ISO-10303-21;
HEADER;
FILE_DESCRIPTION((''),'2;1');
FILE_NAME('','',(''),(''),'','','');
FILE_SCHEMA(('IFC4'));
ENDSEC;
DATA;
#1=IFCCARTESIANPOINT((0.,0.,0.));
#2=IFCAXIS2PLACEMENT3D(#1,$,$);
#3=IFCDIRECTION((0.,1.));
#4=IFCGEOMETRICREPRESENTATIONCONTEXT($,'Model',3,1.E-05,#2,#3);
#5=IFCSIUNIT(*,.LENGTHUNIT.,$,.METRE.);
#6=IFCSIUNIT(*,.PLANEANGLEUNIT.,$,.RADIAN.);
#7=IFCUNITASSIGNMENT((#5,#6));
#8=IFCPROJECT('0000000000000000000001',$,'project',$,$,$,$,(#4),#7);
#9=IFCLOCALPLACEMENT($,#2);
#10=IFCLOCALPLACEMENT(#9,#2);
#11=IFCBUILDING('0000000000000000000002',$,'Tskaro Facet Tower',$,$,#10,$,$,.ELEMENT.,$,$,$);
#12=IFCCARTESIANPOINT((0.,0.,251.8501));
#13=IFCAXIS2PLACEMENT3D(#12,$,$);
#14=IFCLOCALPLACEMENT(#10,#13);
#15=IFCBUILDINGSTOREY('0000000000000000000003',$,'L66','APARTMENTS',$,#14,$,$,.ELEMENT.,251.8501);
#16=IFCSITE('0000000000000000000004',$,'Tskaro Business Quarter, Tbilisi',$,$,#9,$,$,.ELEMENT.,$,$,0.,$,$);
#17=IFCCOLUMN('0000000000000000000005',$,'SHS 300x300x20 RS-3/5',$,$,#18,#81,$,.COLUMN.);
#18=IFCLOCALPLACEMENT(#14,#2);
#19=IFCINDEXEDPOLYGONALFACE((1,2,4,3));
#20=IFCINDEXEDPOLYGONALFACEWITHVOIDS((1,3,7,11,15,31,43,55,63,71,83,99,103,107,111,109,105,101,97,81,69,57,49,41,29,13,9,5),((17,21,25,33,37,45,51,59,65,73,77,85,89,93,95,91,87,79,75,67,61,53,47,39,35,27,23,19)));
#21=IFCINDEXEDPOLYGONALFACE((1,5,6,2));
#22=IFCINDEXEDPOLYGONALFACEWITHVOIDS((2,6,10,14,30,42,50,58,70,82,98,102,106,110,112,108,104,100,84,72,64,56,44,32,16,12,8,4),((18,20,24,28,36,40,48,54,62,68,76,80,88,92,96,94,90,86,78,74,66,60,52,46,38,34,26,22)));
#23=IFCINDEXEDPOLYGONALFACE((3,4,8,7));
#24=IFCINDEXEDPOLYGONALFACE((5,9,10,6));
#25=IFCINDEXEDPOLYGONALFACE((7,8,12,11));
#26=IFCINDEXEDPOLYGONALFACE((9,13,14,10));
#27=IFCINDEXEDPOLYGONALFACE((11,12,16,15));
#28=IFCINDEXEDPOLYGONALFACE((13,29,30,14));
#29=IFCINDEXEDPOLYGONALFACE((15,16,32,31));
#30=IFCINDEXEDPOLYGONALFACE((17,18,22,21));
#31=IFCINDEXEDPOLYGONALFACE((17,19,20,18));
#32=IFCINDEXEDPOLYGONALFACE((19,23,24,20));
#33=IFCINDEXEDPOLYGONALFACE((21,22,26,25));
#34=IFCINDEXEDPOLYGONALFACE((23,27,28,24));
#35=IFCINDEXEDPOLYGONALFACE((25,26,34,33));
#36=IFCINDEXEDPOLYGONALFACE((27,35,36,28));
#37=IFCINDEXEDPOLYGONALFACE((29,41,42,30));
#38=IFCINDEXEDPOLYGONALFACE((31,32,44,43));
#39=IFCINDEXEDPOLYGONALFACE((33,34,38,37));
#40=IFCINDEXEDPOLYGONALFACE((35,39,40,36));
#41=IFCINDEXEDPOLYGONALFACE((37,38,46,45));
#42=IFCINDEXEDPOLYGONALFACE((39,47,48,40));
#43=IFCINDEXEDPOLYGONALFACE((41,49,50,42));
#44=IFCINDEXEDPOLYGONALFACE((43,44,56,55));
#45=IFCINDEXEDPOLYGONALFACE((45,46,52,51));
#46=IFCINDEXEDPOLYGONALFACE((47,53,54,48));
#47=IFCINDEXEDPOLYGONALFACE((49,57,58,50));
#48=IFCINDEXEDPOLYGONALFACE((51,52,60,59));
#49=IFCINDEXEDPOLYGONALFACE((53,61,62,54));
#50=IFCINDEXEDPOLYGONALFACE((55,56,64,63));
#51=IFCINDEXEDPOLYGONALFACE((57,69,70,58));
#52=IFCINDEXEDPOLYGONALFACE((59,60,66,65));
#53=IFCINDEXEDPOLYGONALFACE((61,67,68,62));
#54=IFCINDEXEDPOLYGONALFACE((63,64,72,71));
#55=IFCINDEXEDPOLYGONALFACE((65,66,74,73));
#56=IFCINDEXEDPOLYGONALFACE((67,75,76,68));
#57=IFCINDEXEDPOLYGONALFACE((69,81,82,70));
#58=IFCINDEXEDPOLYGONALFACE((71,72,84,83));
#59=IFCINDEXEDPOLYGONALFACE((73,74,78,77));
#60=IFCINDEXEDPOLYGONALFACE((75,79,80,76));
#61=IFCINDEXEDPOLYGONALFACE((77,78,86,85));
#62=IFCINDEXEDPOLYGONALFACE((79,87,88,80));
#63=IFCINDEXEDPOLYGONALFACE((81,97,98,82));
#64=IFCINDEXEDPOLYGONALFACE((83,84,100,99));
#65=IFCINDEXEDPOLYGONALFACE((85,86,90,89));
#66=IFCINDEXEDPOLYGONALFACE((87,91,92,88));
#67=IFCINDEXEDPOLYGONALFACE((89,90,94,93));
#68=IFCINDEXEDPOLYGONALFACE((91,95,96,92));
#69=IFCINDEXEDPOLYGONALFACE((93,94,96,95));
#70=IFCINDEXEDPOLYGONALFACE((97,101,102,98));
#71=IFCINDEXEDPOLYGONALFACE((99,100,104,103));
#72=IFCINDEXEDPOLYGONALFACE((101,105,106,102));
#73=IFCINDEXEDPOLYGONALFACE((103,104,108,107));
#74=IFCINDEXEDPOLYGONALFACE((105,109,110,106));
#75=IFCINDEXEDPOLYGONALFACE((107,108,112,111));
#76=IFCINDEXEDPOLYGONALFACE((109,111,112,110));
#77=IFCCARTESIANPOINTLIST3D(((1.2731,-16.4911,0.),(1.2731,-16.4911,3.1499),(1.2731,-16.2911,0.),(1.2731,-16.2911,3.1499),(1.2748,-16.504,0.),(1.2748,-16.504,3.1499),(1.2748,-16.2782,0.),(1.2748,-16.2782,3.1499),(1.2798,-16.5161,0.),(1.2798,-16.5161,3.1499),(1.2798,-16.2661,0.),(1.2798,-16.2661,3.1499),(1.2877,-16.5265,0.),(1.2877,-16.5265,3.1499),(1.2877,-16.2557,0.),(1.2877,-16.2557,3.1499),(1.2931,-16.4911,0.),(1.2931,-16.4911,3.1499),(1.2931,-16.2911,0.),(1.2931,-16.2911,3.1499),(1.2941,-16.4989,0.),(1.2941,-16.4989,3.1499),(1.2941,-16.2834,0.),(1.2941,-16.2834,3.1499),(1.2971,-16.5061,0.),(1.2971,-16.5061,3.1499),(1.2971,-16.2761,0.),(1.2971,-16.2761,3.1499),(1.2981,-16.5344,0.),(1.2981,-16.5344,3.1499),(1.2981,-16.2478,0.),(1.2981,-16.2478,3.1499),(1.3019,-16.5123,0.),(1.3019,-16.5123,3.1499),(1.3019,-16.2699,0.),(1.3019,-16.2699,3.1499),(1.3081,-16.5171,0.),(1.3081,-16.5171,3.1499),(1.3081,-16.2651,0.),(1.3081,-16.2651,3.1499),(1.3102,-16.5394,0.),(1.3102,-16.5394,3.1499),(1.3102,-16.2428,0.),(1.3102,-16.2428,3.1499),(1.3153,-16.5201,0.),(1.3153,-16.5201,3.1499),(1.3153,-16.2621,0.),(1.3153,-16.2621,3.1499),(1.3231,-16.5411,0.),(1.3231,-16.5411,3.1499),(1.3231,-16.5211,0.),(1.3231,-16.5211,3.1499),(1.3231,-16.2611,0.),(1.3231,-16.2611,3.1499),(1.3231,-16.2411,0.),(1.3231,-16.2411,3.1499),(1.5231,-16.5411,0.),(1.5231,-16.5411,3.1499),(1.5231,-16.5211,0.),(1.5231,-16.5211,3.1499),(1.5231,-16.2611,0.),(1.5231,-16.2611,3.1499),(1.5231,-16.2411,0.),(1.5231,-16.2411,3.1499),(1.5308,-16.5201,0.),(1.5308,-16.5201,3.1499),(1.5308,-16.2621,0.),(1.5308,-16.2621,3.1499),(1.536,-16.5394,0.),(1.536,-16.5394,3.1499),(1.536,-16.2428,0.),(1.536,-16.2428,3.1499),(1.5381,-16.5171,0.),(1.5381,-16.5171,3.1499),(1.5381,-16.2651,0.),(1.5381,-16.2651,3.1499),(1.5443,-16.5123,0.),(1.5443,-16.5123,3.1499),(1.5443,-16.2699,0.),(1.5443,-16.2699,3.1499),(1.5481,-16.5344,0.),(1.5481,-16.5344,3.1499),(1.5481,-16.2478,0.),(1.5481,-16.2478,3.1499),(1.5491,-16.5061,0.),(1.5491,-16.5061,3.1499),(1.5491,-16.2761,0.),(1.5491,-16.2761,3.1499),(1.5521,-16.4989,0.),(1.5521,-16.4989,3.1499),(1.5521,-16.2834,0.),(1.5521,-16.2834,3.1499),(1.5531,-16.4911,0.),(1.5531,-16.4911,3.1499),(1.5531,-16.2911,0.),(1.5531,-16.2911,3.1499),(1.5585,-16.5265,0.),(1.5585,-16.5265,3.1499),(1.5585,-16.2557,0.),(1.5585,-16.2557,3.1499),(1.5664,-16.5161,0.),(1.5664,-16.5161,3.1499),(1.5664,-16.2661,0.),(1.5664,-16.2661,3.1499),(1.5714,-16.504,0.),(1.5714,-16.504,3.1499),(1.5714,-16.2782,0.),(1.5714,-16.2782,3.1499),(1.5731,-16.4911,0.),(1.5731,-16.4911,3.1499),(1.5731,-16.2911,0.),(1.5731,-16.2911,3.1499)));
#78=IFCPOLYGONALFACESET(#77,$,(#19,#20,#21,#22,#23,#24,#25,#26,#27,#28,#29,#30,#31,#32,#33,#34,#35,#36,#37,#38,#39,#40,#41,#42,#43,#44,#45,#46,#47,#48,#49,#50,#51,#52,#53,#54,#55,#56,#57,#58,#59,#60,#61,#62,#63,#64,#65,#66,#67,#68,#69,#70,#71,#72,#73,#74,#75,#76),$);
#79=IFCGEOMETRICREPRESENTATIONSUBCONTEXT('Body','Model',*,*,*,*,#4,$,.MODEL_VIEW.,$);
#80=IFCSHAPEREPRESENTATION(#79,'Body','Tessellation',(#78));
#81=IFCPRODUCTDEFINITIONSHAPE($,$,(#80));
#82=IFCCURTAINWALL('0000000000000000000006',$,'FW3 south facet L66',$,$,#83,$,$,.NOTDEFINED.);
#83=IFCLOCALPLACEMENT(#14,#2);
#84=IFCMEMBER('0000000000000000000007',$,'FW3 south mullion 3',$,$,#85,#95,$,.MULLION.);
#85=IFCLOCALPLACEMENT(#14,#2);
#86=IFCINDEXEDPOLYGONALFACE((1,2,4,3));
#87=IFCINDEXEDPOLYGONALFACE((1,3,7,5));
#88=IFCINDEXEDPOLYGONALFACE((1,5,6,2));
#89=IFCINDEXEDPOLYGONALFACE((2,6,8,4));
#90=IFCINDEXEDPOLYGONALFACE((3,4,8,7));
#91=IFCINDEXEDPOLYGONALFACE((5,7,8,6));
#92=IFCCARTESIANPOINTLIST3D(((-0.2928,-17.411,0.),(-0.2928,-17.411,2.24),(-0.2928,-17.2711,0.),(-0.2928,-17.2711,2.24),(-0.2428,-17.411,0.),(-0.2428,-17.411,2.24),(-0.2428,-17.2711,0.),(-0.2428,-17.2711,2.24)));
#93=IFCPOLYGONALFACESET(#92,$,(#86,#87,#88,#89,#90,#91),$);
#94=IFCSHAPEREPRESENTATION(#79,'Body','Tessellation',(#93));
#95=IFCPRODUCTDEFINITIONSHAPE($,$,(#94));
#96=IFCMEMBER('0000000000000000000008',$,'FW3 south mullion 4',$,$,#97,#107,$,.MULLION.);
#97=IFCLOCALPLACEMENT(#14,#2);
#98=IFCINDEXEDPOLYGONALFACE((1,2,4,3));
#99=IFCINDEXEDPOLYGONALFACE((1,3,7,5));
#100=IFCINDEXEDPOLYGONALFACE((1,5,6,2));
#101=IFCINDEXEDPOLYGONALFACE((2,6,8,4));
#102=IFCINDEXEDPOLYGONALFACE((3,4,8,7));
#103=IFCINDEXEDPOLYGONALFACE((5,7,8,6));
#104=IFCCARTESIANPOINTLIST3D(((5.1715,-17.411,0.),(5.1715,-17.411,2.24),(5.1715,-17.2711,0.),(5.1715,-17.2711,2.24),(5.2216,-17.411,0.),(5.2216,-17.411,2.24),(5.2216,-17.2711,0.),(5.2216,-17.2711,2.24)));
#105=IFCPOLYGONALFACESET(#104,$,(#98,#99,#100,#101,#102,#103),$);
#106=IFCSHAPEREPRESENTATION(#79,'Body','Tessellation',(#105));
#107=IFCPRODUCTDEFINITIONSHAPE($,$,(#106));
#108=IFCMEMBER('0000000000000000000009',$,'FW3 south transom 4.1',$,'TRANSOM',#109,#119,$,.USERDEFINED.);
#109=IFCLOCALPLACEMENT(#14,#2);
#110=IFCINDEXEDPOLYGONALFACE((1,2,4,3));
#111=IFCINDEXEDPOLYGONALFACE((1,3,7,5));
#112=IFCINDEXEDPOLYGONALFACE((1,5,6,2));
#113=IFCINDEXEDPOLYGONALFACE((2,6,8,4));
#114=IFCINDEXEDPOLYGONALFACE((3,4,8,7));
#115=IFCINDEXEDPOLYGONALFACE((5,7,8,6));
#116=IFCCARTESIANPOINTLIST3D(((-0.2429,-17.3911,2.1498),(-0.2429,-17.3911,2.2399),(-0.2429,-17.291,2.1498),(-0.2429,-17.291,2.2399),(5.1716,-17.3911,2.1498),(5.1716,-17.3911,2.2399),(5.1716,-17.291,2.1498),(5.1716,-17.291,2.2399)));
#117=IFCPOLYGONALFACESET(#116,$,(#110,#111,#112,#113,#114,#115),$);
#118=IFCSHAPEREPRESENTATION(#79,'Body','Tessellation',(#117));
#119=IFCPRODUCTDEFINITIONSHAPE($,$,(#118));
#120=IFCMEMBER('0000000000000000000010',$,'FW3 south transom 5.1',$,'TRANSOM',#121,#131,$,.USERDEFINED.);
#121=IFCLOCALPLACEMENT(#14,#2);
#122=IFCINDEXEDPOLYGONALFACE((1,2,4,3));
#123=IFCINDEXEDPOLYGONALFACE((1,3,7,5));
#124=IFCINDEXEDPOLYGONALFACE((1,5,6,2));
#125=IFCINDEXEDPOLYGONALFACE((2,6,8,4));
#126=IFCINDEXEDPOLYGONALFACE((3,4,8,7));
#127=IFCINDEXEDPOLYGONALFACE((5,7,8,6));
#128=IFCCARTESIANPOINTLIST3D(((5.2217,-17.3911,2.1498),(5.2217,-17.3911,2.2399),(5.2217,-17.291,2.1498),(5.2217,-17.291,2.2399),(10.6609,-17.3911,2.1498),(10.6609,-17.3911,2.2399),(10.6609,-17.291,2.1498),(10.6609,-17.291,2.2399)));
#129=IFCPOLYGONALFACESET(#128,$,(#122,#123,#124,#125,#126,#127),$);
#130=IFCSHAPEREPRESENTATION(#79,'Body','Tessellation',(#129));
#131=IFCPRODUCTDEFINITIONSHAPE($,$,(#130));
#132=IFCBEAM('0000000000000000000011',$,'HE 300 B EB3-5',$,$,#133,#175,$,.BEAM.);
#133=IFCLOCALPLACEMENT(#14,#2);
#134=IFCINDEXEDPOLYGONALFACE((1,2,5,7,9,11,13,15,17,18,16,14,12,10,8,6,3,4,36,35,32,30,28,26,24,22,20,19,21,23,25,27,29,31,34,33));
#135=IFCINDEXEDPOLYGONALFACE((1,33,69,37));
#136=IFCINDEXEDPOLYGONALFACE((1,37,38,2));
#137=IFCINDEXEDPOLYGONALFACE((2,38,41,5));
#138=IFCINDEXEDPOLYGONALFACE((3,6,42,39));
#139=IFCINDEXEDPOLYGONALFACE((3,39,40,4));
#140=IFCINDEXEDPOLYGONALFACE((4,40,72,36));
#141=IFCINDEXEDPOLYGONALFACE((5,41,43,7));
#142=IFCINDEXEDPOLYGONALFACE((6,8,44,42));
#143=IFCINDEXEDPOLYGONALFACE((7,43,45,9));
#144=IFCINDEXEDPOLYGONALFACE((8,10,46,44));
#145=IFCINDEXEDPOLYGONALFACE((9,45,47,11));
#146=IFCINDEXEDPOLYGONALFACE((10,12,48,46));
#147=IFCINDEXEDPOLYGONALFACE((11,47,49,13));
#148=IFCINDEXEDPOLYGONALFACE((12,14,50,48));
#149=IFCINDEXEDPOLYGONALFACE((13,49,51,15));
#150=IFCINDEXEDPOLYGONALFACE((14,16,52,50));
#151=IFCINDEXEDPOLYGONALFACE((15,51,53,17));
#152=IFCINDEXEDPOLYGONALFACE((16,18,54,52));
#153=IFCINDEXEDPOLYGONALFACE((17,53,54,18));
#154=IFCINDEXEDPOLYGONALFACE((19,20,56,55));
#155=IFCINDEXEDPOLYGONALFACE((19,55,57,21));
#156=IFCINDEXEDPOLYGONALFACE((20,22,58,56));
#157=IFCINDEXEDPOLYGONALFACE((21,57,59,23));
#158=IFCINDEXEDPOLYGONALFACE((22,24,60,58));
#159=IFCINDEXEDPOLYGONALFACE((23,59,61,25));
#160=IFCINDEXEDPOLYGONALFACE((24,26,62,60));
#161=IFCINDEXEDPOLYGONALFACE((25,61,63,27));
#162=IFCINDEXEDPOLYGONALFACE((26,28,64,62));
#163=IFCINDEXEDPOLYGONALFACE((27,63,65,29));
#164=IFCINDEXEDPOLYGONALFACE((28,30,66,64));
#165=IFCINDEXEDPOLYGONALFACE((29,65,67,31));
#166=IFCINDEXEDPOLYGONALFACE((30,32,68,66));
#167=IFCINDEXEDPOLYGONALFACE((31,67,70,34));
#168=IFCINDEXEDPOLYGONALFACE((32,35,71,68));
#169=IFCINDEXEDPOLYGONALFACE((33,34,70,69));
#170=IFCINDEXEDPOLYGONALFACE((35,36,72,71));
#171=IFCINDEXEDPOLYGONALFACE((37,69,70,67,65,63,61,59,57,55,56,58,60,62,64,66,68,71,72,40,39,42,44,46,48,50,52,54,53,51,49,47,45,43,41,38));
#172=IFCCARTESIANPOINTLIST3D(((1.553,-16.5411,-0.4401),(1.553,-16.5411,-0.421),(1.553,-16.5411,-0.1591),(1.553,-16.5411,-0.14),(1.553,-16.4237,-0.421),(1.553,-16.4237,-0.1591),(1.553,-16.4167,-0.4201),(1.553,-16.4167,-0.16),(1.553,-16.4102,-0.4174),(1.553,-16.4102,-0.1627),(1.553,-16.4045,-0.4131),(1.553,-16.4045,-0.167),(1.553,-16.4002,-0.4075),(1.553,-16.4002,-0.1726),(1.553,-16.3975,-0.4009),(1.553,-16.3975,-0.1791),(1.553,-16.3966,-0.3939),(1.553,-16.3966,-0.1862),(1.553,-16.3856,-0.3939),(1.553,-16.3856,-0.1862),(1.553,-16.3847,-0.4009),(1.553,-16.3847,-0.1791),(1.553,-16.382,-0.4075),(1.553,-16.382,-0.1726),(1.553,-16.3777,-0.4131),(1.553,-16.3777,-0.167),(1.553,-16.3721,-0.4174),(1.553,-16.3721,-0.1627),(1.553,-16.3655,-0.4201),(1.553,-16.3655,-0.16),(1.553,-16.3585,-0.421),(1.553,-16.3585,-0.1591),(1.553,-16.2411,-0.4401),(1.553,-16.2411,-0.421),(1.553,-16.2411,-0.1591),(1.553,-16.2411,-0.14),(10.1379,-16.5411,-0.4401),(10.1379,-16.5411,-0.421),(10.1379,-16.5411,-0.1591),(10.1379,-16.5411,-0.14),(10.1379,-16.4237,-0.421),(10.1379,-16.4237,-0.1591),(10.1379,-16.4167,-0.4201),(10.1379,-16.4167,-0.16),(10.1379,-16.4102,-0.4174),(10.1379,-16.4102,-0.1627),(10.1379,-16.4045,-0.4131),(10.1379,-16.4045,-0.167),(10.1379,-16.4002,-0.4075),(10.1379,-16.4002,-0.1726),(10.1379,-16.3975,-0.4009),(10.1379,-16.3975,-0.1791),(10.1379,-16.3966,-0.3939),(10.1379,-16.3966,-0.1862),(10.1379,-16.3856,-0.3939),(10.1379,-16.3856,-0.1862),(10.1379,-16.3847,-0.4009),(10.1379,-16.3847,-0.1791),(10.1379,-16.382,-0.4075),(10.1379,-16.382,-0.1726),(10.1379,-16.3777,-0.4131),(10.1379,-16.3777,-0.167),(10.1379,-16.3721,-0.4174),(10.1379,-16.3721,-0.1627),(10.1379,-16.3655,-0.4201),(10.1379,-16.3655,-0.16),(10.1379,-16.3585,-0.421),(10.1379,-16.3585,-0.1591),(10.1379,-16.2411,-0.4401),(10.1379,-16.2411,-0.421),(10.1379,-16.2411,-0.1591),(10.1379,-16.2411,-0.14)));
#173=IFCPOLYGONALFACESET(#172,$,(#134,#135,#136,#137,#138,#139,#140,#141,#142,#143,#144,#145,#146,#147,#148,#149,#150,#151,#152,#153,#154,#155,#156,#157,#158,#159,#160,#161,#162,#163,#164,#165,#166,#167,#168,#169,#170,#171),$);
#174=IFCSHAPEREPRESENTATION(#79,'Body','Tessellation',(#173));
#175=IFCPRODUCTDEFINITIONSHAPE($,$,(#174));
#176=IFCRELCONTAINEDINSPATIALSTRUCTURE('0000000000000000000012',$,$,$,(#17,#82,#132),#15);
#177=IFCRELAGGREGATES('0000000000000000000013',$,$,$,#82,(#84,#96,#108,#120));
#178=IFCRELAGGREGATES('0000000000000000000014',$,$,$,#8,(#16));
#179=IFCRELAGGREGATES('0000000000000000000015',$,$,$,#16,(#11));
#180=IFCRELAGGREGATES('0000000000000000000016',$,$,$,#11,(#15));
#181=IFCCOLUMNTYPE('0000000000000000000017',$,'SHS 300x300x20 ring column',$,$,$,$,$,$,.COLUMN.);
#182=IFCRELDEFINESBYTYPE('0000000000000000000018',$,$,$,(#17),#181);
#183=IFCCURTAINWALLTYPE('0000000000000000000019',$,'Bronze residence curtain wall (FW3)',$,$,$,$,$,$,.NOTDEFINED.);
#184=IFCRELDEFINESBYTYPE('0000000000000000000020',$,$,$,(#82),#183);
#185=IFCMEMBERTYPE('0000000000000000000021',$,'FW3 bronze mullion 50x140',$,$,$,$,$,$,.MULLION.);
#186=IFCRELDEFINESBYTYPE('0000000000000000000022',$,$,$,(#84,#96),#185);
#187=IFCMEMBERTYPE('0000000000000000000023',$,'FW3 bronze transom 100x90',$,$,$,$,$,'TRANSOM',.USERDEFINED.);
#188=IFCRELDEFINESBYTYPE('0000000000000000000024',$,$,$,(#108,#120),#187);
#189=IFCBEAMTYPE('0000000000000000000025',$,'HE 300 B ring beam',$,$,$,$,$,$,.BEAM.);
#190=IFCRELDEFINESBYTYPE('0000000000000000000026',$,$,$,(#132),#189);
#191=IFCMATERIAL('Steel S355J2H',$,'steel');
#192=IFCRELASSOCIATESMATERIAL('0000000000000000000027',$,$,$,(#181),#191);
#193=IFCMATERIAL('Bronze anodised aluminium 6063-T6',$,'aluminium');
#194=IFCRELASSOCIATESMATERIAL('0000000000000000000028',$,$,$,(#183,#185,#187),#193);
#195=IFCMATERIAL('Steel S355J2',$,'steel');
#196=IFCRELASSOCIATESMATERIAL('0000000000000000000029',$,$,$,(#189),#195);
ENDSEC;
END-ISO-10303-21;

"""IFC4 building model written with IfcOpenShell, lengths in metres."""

from ifc_helpers import new_model, si_unit, direction, frame, origin, origin_2d, place, context, subcontext, project, spatial, rectangle, hollow_rectangle, i_section, extrude, material, material_profile, profile_set, type_object, element, aggregate, save


model = new_model("IFC4")

# Units and contexts
model_context = context("Model", 3, precision=1e-05, world=origin(), true_north=direction((0.0, 1.0)))
body_context = subcontext(model_context, "Body", "Model", "MODEL_VIEW")
ifc_project = project(units=[si_unit("LENGTHUNIT", "METRE"), si_unit("PLANEANGLEUNIT", "RADIAN")], contexts=[model_context])

# Site, building, storey
site_placement = place(None, origin())
site = spatial("IfcSite", under=ifc_project, at=site_placement, Name="Tskaro Business Quarter, Tbilisi", CompositionType="ELEMENT", RefElevation=0.0)
building_placement = place(site_placement, origin())
building = spatial("IfcBuilding", under=site, at=building_placement, Name="Tskaro Facet Tower", CompositionType="ELEMENT")
storey_placement = place(building_placement, frame((0.0, 0.0, 251.8501)))
storey = spatial("IfcBuildingStorey", under=building, at=storey_placement, Name="L66", Description="APARTMENTS", CompositionType="ELEMENT", Elevation=251.8501)

# Column
ifc_material_1 = material(Name="Steel S355J2H", Category="steel")
ifc_material_profile_1 = material_profile(ifc_material_1, hollow_rectangle(XDim=0.3, YDim=0.3, WallThickness=0.02, InnerFilletRadius=0.03, OuterFilletRadius=0.05, at=origin_2d()), Name="SHS 300x300x20")
ifc_profile_set_1 = profile_set([ifc_material_profile_1], Name="Steel S355J2H")
column_type = type_object("IfcColumnType", Name="SHS 300x300x20 ring column", PredefinedType="COLUMN", material=ifc_profile_set_1)
column_placement = place(storey_placement, frame((1.4231, -16.3911, 0.0), z_axis=(0.0, 0.0, 1.0), x_axis=(1.0, 0.0, 0.0)))
element("IfcColumn", 1, at=column_placement, inside=storey, type_object=column_type, Name="SHS 300x300x20 RS-3/5", PredefinedType="COLUMN", context=body_context, shape_type="SweptSolid", body=[
    extrude(hollow_rectangle(XDim=0.3, YDim=0.3, WallThickness=0.02, InnerFilletRadius=0.03, OuterFilletRadius=0.05, at=origin_2d()), origin(), (0.0, 0.0, 1.0), 3.1499),
])

# Curtain wall, members
ifc_material_2 = material(Name="Bronze anodised aluminium 6063-T6", Category="aluminium")
curtain_wall_type = type_object("IfcCurtainWallType", Name="Bronze residence curtain wall (FW3)", PredefinedType="NOTDEFINED", material=ifc_material_2)
curtain_wall_placement = place(storey_placement, origin())
curtain_wall = element("IfcCurtainWall", 2, at=curtain_wall_placement, inside=storey, type_object=curtain_wall_type, Name="FW3 south facet L66", PredefinedType="NOTDEFINED")
ifc_material_profile_2 = material_profile(ifc_material_2, rectangle(XDim=0.05, YDim=0.1399, at=origin_2d()), Name="Mullion 50x140")
ifc_profile_set_2 = profile_set([ifc_material_profile_2], Name="Bronze anodised aluminium 6063-T6")
member_type_1 = type_object("IfcMemberType", Name="FW3 bronze mullion 50x140", PredefinedType="MULLION", material=ifc_profile_set_2)
member_1_placement = place(storey_placement, frame((-0.2678, -17.3411, 0.0), z_axis=(0.0, 0.0, 1.0), x_axis=(1.0, 0.0, 0.0)))
member_1 = element("IfcMember", 3, at=member_1_placement, type_object=member_type_1, Name="FW3 south mullion 3", PredefinedType="MULLION", context=body_context, shape_type="SweptSolid", body=[
    extrude(rectangle(XDim=0.05, YDim=0.1399, at=origin_2d()), origin(), (0.0, 0.0, 1.0), 2.24),
])
member_2_placement = place(storey_placement, frame((5.1965, -17.3411, 0.0), z_axis=(0.0, 0.0, 1.0), x_axis=(1.0, 0.0, 0.0)))
member_2 = element("IfcMember", 4, at=member_2_placement, type_object=member_type_1, Name="FW3 south mullion 4", PredefinedType="MULLION", context=body_context, shape_type="SweptSolid", body=[
    extrude(rectangle(XDim=0.05, YDim=0.1399, at=origin_2d()), origin(), (0.0, 0.0, 1.0), 2.24),
])
ifc_material_profile_3 = material_profile(ifc_material_2, rectangle(XDim=0.1001, YDim=0.0901, at=origin_2d()), Name="Transom 100x90")
ifc_profile_set_3 = profile_set([ifc_material_profile_3], Name="Bronze anodised aluminium 6063-T6")
member_type_2 = type_object("IfcMemberType", Name="FW3 bronze transom 100x90", ElementType="TRANSOM", PredefinedType="USERDEFINED", material=ifc_profile_set_3)
member_3_placement = place(storey_placement, frame((-0.2429, -17.3411, 2.1948), z_axis=(1.0, 0.0, 0.0), x_axis=(0.0, 1.0, 0.0)))
member_3 = element("IfcMember", 5, at=member_3_placement, type_object=member_type_2, Name="FW3 south transom 4.1", ObjectType="TRANSOM", PredefinedType="USERDEFINED", context=body_context, shape_type="SweptSolid", body=[
    extrude(rectangle(XDim=0.1001, YDim=0.0901, at=origin_2d()), origin(), (0.0, 0.0, 1.0), 5.4146),
])
member_4_placement = place(storey_placement, frame((5.2217, -17.3411, 2.1948), z_axis=(1.0, 0.0, 0.0), x_axis=(0.0, 1.0, 0.0)))
member_4 = element("IfcMember", 6, at=member_4_placement, type_object=member_type_2, Name="FW3 south transom 5.1", ObjectType="TRANSOM", PredefinedType="USERDEFINED", context=body_context, shape_type="SweptSolid", body=[
    extrude(rectangle(XDim=0.1001, YDim=0.0901, at=origin_2d()), origin(), (0.0, 0.0, 1.0), 5.4392),
])

# Beam
ifc_material_3 = material(Name="Steel S355J2", Category="steel")
ifc_material_profile_4 = material_profile(ifc_material_3, i_section(OverallWidth=0.3, OverallDepth=0.3, WebThickness=0.011, FlangeThickness=0.019, FilletRadius=0.0271, at=origin_2d()), Name="HE 300 B")
ifc_profile_set_4 = profile_set([ifc_material_profile_4], Name="Steel S355J2")
beam_type_1 = type_object("IfcBeamType", Name="HE 300 B ring beam", PredefinedType="BEAM", material=ifc_profile_set_4)
beam_1_placement = place(storey_placement, frame((1.553, -16.3911, -0.29), z_axis=(1.0, 0.0, 0.0), x_axis=(0.0, 1.0, 0.0)))
element("IfcBeam", 7, at=beam_1_placement, inside=storey, type_object=beam_type_1, Name="HE 300 B EB3-5", PredefinedType="BEAM", context=body_context, shape_type="SweptSolid", body=[
    extrude(i_section(OverallWidth=0.3, OverallDepth=0.3, WebThickness=0.011, FlangeThickness=0.019, FilletRadius=0.0271, at=origin_2d()), origin(), (0.0, 0.0, 1.0), 8.585),
])

aggregate(curtain_wall, [member_1, member_2, member_3, member_4])

save(model, "model.ifc")
